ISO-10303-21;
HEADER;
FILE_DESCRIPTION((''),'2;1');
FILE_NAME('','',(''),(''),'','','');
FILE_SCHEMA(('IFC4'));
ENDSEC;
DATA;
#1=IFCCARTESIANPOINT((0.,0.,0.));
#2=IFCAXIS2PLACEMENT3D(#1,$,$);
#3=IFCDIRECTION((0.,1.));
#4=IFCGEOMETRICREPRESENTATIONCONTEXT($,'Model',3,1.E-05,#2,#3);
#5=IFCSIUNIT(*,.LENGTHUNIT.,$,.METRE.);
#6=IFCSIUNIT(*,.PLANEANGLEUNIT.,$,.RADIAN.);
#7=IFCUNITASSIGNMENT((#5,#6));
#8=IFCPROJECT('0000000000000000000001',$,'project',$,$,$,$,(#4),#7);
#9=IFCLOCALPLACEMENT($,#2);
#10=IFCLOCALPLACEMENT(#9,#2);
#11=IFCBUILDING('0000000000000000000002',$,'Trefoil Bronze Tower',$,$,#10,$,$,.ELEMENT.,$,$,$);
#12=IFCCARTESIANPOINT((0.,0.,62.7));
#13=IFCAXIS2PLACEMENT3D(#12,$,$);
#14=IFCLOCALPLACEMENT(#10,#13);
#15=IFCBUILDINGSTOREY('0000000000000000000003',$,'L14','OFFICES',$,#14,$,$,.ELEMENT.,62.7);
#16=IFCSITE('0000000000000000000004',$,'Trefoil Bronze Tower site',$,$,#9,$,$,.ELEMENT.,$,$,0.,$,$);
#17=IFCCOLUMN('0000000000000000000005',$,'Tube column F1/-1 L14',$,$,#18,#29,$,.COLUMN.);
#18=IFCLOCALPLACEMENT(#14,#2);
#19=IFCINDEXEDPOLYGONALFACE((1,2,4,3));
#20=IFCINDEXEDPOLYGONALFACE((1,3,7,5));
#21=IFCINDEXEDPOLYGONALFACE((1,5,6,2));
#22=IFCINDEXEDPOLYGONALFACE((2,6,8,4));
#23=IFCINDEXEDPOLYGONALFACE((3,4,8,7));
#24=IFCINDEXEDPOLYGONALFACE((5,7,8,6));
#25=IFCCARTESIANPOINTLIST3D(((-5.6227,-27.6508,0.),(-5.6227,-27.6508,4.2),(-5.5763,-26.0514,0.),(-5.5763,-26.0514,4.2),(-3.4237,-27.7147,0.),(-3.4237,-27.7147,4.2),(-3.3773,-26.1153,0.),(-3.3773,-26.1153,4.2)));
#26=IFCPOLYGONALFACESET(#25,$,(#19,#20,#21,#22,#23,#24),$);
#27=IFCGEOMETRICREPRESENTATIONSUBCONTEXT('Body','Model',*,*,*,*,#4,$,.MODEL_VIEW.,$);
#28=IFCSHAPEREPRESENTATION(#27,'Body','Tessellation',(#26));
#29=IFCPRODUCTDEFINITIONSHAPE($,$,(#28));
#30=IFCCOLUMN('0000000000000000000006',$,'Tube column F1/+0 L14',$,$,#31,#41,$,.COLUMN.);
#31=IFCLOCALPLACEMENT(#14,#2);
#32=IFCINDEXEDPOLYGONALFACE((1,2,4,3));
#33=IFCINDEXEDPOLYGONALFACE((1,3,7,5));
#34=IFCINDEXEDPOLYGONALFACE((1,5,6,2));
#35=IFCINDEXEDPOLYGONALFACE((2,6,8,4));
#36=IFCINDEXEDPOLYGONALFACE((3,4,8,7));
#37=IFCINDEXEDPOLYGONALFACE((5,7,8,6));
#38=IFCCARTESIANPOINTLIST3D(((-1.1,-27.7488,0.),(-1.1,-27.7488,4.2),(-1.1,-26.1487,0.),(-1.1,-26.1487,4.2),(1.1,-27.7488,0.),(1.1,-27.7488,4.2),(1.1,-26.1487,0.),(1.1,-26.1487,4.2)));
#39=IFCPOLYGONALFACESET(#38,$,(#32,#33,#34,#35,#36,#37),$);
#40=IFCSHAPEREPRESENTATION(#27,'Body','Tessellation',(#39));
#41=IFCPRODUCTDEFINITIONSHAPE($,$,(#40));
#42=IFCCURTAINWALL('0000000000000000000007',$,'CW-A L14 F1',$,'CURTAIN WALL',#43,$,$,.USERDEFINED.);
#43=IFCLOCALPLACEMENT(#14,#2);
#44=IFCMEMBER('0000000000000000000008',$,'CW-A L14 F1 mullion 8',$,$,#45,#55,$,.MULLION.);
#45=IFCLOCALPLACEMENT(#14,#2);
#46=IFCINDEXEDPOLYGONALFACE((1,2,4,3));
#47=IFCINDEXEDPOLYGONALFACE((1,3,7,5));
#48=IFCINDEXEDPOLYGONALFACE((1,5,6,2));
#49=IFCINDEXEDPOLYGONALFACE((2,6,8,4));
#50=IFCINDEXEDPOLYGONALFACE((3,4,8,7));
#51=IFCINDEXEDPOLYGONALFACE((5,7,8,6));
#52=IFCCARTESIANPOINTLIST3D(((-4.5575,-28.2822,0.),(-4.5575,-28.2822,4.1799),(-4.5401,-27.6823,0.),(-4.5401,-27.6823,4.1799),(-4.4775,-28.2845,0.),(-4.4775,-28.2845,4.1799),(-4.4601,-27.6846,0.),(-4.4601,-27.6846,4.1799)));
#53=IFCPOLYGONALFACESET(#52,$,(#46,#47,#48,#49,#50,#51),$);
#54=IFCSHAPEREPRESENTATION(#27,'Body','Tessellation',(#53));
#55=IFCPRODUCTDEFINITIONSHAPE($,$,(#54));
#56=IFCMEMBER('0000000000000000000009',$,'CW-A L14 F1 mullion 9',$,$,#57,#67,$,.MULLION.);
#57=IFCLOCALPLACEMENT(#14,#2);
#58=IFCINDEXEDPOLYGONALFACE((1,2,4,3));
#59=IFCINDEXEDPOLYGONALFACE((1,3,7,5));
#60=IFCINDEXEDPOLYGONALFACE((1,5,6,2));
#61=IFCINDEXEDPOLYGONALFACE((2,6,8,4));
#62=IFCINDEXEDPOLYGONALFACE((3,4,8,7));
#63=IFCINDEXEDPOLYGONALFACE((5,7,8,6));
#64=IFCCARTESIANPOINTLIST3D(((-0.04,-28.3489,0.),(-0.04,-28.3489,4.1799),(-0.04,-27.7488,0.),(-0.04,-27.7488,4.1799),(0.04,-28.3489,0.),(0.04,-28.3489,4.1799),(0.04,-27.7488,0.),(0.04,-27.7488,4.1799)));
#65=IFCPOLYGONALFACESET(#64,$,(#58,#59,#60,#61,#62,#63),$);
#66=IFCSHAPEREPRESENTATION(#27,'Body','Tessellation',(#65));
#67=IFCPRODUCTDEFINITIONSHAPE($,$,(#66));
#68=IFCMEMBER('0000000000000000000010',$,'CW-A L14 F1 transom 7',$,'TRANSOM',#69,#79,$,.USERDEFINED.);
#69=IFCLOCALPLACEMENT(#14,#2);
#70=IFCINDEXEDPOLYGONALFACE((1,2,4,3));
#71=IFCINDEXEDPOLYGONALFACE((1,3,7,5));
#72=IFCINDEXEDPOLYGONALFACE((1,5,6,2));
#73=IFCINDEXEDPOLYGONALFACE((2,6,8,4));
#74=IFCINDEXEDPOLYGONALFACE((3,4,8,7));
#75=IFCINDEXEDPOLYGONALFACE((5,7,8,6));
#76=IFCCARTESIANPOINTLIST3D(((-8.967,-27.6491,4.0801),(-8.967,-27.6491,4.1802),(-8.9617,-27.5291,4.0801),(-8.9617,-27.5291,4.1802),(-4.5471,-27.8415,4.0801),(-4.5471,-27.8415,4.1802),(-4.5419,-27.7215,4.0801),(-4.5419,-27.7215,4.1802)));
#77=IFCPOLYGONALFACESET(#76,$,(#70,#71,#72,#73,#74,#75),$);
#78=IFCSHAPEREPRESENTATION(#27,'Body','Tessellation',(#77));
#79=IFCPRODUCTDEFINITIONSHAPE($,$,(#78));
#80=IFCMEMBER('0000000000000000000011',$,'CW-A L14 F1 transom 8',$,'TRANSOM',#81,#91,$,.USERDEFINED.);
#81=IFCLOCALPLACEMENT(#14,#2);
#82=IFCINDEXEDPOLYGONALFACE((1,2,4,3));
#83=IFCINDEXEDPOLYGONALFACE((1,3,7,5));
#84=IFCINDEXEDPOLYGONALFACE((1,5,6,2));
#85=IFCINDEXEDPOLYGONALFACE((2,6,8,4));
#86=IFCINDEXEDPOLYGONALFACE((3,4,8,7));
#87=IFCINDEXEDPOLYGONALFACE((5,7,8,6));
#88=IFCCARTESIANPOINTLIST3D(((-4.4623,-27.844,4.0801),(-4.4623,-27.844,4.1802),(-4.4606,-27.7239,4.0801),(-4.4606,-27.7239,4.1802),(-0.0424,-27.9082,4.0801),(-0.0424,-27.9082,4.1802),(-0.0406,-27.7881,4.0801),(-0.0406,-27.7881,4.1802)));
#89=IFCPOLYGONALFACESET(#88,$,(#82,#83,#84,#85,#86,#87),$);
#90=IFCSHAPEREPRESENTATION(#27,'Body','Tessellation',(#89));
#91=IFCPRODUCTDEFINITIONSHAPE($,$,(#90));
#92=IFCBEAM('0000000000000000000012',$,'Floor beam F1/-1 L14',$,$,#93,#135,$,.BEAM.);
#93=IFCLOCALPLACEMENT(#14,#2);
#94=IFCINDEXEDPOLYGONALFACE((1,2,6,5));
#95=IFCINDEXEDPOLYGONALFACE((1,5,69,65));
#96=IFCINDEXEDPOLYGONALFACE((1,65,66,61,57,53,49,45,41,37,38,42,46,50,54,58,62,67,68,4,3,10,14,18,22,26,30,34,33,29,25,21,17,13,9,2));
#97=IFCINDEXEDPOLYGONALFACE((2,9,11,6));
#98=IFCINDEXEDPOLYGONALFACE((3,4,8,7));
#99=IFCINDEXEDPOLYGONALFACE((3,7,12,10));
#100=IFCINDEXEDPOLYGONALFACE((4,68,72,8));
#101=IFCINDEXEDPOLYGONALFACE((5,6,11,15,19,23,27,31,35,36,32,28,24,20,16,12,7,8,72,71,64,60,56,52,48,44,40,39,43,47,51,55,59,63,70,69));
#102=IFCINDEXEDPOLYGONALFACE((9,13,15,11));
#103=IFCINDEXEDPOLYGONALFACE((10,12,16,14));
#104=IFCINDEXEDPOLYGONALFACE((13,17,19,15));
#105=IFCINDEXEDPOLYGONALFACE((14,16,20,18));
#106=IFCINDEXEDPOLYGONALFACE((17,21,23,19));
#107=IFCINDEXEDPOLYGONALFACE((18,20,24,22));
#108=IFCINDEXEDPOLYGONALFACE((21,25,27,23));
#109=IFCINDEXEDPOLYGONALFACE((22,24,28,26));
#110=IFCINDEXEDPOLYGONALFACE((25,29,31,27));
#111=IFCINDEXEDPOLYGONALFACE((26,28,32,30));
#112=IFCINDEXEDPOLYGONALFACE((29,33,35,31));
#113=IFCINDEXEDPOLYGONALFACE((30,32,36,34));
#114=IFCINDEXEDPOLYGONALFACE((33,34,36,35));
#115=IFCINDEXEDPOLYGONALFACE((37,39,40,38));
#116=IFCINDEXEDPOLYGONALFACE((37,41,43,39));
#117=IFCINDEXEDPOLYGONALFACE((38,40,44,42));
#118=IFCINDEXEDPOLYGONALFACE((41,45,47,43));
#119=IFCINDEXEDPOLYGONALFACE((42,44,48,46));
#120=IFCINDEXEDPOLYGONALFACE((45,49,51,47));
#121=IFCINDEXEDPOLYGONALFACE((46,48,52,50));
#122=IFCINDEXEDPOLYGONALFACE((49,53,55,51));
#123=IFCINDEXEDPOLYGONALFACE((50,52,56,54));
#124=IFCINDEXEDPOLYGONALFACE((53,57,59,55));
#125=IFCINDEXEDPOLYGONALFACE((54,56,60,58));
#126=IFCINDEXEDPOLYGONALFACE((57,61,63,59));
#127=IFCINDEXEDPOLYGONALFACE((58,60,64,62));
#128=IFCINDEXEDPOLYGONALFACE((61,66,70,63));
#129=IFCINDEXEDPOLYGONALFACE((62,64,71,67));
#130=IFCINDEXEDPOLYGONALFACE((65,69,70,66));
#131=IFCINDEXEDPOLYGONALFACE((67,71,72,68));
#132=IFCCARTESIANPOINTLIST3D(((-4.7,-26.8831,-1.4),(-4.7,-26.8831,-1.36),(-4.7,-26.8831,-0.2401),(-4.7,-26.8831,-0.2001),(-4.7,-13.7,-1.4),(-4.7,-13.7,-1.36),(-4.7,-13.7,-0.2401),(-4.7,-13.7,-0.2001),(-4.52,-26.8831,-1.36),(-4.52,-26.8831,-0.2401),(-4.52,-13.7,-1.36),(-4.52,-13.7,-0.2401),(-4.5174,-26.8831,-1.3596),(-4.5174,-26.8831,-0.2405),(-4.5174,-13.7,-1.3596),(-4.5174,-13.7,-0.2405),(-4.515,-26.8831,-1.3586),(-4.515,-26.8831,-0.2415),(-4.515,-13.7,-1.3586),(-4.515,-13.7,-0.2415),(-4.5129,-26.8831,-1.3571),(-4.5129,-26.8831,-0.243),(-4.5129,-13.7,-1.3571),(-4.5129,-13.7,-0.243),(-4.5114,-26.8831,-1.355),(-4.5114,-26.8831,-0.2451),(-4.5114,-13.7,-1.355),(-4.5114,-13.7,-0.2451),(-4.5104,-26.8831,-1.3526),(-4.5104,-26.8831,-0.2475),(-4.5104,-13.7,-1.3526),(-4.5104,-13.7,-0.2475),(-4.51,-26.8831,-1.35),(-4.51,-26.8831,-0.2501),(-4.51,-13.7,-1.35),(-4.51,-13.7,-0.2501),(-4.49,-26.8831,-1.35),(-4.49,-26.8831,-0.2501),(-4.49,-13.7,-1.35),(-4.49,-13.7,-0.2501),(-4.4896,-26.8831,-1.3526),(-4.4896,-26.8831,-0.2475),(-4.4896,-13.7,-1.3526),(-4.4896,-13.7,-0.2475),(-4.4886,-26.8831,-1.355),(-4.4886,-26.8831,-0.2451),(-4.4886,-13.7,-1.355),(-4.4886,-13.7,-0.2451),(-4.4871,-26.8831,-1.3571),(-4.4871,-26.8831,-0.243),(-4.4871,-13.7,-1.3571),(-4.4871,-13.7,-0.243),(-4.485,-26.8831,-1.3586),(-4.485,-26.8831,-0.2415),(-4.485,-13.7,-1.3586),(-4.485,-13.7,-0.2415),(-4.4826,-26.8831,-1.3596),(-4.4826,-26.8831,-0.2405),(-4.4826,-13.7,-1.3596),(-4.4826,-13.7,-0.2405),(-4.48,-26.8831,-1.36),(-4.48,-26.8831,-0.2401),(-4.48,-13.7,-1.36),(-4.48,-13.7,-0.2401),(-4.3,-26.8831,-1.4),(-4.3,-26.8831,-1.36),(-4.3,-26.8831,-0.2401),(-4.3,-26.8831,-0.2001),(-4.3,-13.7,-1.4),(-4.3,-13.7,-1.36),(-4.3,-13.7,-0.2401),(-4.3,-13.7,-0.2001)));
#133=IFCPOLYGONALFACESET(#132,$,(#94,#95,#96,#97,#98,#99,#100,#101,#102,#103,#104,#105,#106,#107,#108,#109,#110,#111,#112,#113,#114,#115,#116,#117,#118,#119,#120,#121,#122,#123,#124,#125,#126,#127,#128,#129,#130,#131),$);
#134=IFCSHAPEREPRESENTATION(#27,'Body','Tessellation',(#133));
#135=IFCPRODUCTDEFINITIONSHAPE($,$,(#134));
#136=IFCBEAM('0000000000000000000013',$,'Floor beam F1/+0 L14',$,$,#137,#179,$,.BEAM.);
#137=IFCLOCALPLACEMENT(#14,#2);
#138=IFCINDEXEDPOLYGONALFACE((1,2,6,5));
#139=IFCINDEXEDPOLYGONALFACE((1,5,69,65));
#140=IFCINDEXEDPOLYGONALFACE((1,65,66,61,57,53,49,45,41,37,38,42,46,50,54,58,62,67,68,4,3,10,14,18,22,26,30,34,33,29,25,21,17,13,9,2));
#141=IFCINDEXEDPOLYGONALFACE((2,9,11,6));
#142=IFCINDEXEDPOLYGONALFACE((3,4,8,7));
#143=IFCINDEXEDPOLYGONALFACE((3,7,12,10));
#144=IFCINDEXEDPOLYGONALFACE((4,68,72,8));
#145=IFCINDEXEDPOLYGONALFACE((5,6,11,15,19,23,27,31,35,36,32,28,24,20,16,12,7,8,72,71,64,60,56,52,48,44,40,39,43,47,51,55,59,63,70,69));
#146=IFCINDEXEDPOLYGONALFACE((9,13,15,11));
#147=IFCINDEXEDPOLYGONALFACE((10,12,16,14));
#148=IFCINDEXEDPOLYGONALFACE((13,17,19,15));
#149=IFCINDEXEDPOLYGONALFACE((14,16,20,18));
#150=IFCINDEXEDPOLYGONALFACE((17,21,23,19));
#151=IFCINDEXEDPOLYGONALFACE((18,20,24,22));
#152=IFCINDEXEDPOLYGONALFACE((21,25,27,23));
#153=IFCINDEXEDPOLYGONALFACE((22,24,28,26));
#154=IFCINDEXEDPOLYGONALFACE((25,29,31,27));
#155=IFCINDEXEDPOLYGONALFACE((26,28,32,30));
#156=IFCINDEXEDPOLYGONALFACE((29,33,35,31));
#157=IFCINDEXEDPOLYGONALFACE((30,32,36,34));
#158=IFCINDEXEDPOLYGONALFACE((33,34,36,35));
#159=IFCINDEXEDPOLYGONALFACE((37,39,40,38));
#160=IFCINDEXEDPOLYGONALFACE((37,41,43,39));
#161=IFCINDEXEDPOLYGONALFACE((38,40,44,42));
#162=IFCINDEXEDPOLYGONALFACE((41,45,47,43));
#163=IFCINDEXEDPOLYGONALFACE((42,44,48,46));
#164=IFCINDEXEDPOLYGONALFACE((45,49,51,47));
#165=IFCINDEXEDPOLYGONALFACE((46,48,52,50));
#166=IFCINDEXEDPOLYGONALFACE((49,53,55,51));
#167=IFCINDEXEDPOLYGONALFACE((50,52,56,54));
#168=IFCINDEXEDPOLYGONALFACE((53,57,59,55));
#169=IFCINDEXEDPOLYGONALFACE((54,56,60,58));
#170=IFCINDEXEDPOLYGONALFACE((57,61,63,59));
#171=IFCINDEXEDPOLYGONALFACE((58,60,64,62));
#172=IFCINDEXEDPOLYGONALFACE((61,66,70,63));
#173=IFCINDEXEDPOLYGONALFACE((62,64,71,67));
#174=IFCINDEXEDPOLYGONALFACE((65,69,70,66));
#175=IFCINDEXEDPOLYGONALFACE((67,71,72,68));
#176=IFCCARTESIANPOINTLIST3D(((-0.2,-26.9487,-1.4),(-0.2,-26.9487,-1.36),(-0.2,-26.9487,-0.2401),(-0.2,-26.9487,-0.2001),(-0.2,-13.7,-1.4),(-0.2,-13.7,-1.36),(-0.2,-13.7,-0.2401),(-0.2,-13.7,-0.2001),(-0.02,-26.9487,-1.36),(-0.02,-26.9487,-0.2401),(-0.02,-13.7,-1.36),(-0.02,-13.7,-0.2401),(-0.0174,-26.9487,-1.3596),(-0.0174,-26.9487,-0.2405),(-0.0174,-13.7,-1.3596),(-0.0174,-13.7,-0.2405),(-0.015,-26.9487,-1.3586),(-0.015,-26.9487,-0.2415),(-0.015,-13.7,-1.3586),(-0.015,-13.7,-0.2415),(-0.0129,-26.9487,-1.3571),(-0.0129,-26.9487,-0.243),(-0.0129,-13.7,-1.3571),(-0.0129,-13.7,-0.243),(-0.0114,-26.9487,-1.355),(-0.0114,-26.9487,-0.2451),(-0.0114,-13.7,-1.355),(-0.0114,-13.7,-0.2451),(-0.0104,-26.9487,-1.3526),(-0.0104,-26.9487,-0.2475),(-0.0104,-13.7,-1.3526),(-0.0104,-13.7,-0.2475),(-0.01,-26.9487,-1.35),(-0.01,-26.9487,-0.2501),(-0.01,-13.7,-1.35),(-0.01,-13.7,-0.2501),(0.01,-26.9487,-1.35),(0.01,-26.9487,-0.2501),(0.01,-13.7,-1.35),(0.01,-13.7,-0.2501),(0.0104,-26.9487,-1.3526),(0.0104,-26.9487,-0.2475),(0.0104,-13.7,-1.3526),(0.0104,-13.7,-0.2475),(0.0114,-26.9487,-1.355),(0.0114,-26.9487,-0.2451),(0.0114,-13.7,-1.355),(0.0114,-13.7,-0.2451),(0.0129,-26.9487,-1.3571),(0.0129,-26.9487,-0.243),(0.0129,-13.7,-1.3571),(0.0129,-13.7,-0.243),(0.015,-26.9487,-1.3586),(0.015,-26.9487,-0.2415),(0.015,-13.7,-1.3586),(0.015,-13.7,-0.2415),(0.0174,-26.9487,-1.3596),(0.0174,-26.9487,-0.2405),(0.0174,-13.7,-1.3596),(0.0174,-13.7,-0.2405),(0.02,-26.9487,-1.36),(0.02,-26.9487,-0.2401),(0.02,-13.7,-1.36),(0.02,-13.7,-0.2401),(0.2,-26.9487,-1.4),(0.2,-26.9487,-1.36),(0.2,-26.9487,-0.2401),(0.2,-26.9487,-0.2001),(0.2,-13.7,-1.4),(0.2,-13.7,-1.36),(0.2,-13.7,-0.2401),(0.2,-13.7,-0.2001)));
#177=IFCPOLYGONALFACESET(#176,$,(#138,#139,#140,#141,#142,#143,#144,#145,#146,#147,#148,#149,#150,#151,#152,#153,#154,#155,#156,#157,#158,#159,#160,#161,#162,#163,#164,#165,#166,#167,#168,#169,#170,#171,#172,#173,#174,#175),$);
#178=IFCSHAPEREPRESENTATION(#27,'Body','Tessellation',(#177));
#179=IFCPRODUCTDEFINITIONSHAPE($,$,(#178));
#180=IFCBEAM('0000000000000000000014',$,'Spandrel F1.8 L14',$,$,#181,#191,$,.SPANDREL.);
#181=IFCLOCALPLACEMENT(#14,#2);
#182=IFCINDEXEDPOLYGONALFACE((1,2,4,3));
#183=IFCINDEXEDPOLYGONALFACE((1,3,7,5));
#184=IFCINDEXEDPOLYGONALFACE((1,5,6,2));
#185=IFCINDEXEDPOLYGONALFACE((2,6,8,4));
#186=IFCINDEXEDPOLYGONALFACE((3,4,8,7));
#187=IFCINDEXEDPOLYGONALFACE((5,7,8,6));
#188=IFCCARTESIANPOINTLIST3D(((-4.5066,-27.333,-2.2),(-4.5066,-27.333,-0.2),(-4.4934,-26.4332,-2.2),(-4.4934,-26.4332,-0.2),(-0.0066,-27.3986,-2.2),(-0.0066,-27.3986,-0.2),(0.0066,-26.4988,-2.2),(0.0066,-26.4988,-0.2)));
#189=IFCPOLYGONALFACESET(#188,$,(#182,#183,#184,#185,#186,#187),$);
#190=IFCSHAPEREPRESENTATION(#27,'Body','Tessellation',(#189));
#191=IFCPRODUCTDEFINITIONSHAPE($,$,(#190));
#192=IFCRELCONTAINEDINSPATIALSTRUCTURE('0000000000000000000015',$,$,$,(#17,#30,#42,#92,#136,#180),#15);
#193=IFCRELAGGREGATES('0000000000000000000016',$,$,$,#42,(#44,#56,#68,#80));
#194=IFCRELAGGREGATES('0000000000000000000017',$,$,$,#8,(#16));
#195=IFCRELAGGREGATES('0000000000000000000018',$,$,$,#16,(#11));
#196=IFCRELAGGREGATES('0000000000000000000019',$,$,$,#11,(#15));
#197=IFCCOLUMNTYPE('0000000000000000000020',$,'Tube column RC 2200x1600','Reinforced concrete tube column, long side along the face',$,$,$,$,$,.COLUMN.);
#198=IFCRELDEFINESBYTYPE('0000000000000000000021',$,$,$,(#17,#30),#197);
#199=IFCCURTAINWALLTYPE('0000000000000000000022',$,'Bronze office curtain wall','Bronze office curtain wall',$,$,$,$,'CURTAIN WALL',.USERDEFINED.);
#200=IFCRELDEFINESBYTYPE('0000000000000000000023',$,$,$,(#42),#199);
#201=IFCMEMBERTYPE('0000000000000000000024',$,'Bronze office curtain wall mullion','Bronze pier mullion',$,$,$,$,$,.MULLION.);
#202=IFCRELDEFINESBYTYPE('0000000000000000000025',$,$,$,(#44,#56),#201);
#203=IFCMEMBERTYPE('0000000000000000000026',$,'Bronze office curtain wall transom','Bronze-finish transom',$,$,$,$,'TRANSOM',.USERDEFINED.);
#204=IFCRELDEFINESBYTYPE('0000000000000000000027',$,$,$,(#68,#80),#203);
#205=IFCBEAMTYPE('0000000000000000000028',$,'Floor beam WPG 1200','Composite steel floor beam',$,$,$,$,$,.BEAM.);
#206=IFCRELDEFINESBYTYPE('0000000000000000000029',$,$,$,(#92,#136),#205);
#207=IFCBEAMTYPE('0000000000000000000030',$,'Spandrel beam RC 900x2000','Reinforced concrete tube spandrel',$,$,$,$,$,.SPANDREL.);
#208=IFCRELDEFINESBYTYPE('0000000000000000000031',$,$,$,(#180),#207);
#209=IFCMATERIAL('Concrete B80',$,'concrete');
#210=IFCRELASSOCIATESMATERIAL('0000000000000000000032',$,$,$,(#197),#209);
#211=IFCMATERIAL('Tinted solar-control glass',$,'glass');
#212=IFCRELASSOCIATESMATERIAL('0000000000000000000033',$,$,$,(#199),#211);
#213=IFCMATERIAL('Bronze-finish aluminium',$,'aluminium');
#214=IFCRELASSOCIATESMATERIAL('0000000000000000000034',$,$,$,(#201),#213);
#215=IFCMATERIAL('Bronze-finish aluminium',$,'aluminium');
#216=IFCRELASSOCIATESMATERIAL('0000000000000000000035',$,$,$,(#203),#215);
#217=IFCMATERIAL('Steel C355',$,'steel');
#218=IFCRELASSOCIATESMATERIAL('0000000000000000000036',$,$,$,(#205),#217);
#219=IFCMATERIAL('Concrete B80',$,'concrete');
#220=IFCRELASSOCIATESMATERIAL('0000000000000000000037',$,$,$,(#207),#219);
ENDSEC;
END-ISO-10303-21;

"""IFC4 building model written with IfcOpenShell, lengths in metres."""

from ifc_helpers import new_model, si_unit, direction, frame, origin, origin_2d, place, context, subcontext, project, spatial, rectangle, i_section, extrude, material, material_profile, profile_set, type_object, element, aggregate, save


model = new_model("IFC4")

# Units and contexts
model_context = context("Model", 3, precision=1e-05, world=origin(), true_north=direction((0.0, 1.0)))
body_context = subcontext(model_context, "Body", "Model", "MODEL_VIEW")
ifc_project = project(units=[si_unit("LENGTHUNIT", "METRE"), si_unit("PLANEANGLEUNIT", "RADIAN")], contexts=[model_context])

# Site, building, storey
site_placement = place(None, origin())
site = spatial("IfcSite", under=ifc_project, at=site_placement, Name="Trefoil Bronze Tower site", CompositionType="ELEMENT", RefElevation=0.0)
building_placement = place(site_placement, origin())
building = spatial("IfcBuilding", under=site, at=building_placement, Name="Trefoil Bronze Tower", CompositionType="ELEMENT")
storey_placement = place(building_placement, frame((0.0, 0.0, 62.7)))
storey = spatial("IfcBuildingStorey", under=building, at=storey_placement, Name="L14", Description="OFFICES", CompositionType="ELEMENT", Elevation=62.7)

# Columns
ifc_material_1 = material(Name="Concrete B80", Category="concrete")
ifc_material_profile_1 = material_profile(ifc_material_1, rectangle(XDim=2.2, YDim=1.6001, at=origin_2d()), Name="RC 2200x1600")
ifc_profile_set_1 = profile_set([ifc_material_profile_1], Name="Concrete B80")
column_type = type_object("IfcColumnType", Name="Tube column RC 2200x1600", Description="Reinforced concrete tube column, long side along the face", PredefinedType="COLUMN", material=ifc_profile_set_1)
for number, where, z_axis, x_axis, name in (
    (1, (-4.5, -26.8831, 0.0), (0.0, 0.0, 1.0), (0.999579, -0.029022, 0.0), "Tube column F1/-1 L14"),
    (2, (0.0, -26.9487, 0.0), (0.0, 0.0, 1.0), (1.0, 0.0, 0.0), "Tube column F1/+0 L14"),
):
    element("IfcColumn", number, at=place(storey_placement, frame(where, z_axis=z_axis, x_axis=x_axis)), inside=storey, type_object=column_type, Name=name, PredefinedType="COLUMN", context=body_context, shape_type="SweptSolid", body=[
        extrude(rectangle(XDim=2.2, YDim=1.6001, at=origin_2d()), origin(), (0.0, 0.0, 1.0), 4.2),
    ])

# Curtain wall, members
ifc_material_2 = material(Name="Tinted solar-control glass", Category="glass")
curtain_wall_type = type_object("IfcCurtainWallType", Name="Bronze office curtain wall", Description="Bronze office curtain wall", ElementType="CURTAIN WALL", PredefinedType="USERDEFINED", material=ifc_material_2)
curtain_wall_placement = place(storey_placement, origin())
curtain_wall = element("IfcCurtainWall", 3, at=curtain_wall_placement, inside=storey, type_object=curtain_wall_type, Name="CW-A L14 F1", ObjectType="CURTAIN WALL", PredefinedType="USERDEFINED")
ifc_material_3 = material(Name="Bronze-finish aluminium", Category="aluminium")
ifc_material_profile_2 = material_profile(ifc_material_3, rectangle(XDim=0.6001, YDim=0.0801, at=origin_2d()), Name="CW-A mullion")
ifc_profile_set_2 = profile_set([ifc_material_profile_2], Name="Bronze-finish aluminium")
member_type_1 = type_object("IfcMemberType", Name="Bronze office curtain wall mullion", Description="Bronze pier mullion", PredefinedType="MULLION", material=ifc_profile_set_2)
member_1_placement = place(storey_placement, frame((-4.5088, -27.9834, 0.0), z_axis=(0.0, 0.0, 1.0), x_axis=(0.029022, 0.999579, 0.0)))
member_1 = element("IfcMember", 4, at=member_1_placement, type_object=member_type_1, Name="CW-A L14 F1 mullion 8", PredefinedType="MULLION", context=body_context, shape_type="SweptSolid", body=[
    extrude(rectangle(XDim=0.6001, YDim=0.0801, at=origin_2d()), origin(), (0.0, 0.0, 1.0), 4.1799),
])
member_2_placement = place(storey_placement, frame((0.0, -28.0488, 0.0), z_axis=(0.0, 0.0, 1.0), x_axis=(0.0, 1.0, 0.0)))
member_2 = element("IfcMember", 5, at=member_2_placement, type_object=member_type_1, Name="CW-A L14 F1 mullion 9", PredefinedType="MULLION", context=body_context, shape_type="SweptSolid", body=[
    extrude(rectangle(XDim=0.6001, YDim=0.0801, at=origin_2d()), origin(), (0.0, 0.0, 1.0), 4.1799),
])
ifc_material_4 = material(Name="Bronze-finish aluminium", Category="aluminium")
ifc_material_profile_3 = material_profile(ifc_material_4, rectangle(XDim=0.1201, YDim=0.1001, at=origin_2d()), Name="CW-A transom")
ifc_profile_set_3 = profile_set([ifc_material_profile_3], Name="Bronze-finish aluminium")
member_type_2 = type_object("IfcMemberType", Name="Bronze office curtain wall transom", Description="Bronze-finish transom", ElementType="TRANSOM", PredefinedType="USERDEFINED", material=ifc_profile_set_3)
member_3_placement = place(storey_placement, frame((-8.9644, -27.5891, 4.1301), z_axis=(0.999054, -0.043485, 0.0), x_axis=(0.043485, 0.999054, 0.0)))
member_3 = element("IfcMember", 6, at=member_3_placement, type_object=member_type_2, Name="CW-A L14 F1 transom 7", ObjectType="TRANSOM", PredefinedType="USERDEFINED", context=body_context, shape_type="SweptSolid", body=[
    extrude(rectangle(XDim=0.1201, YDim=0.1001, at=origin_2d()), origin(), (0.0, 0.0, 1.0), 4.4241),
])
member_4_placement = place(storey_placement, frame((-4.4614, -27.7839, 4.1301), z_axis=(0.999894, -0.014526, 0.0), x_axis=(0.014526, 0.999894, 0.0)))
member_4 = element("IfcMember", 7, at=member_4_placement, type_object=member_type_2, Name="CW-A L14 F1 transom 8", ObjectType="TRANSOM", PredefinedType="USERDEFINED", context=body_context, shape_type="SweptSolid", body=[
    extrude(rectangle(XDim=0.1201, YDim=0.1001, at=origin_2d()), origin(), (0.0, 0.0, 1.0), 4.4204),
])

# Beams
ifc_material_5 = material(Name="Steel C355", Category="steel")
ifc_material_profile_4 = material_profile(ifc_material_5, i_section(OverallWidth=0.3999, OverallDepth=1.2, WebThickness=0.02, FlangeThickness=0.04, FilletRadius=0.01, at=origin_2d()), Name="WPG 1200")
ifc_profile_set_4 = profile_set([ifc_material_profile_4], Name="Steel C355")
beam_type_1 = type_object("IfcBeamType", Name="Floor beam WPG 1200", Description="Composite steel floor beam", PredefinedType="BEAM", material=ifc_profile_set_4)
beam_1_placement = place(storey_placement, frame((-4.5, -26.8831, -0.8), z_axis=(0.0, 1.0, 0.0), x_axis=(-1.0, 0.0, 0.0)))
element("IfcBeam", 8, at=beam_1_placement, inside=storey, type_object=beam_type_1, Name="Floor beam F1/-1 L14", PredefinedType="BEAM", context=body_context, shape_type="SweptSolid", body=[
    extrude(i_section(OverallWidth=0.3999, OverallDepth=1.2, WebThickness=0.02, FlangeThickness=0.04, FilletRadius=0.01, at=origin_2d()), origin(), (0.0, 0.0, 1.0), 13.1831),
])
beam_2_placement = place(storey_placement, frame((0.0, -26.9487, -0.8), z_axis=(0.0, 1.0, 0.0), x_axis=(-1.0, 0.0, 0.0)))
element("IfcBeam", 9, at=beam_2_placement, inside=storey, type_object=beam_type_1, Name="Floor beam F1/+0 L14", PredefinedType="BEAM", context=body_context, shape_type="SweptSolid", body=[
    extrude(i_section(OverallWidth=0.3999, OverallDepth=1.2, WebThickness=0.02, FlangeThickness=0.04, FilletRadius=0.01, at=origin_2d()), origin(), (0.0, 0.0, 1.0), 13.2488),
])
ifc_material_6 = material(Name="Concrete B80", Category="concrete")
ifc_material_profile_5 = material_profile(ifc_material_6, rectangle(XDim=0.8999, YDim=2.0, at=origin_2d()), Name="RC 900x2000")
ifc_profile_set_5 = profile_set([ifc_material_profile_5], Name="Concrete B80")
beam_type_2 = type_object("IfcBeamType", Name="Spandrel beam RC 900x2000", Description="Reinforced concrete tube spandrel", PredefinedType="SPANDREL", material=ifc_profile_set_5)
for number, where, z_axis, x_axis, name in (
    (10, (-4.5, -26.8831, -1.2), (0.999894, -0.014593, 0.0), (0.014593, 0.999894, 0.0), "Spandrel F1.8 L14"),
):
    element("IfcBeam", number, at=place(storey_placement, frame(where, z_axis=z_axis, x_axis=x_axis)), inside=storey, type_object=beam_type_2, Name=name, PredefinedType="SPANDREL", context=body_context, shape_type="SweptSolid", body=[
        extrude(rectangle(XDim=0.8999, YDim=2.0, at=origin_2d()), origin(), (0.0, 0.0, 1.0), 4.5005),
    ])

aggregate(curtain_wall, [member_1, member_2, member_3, member_4])

save(model, "model.ifc")
